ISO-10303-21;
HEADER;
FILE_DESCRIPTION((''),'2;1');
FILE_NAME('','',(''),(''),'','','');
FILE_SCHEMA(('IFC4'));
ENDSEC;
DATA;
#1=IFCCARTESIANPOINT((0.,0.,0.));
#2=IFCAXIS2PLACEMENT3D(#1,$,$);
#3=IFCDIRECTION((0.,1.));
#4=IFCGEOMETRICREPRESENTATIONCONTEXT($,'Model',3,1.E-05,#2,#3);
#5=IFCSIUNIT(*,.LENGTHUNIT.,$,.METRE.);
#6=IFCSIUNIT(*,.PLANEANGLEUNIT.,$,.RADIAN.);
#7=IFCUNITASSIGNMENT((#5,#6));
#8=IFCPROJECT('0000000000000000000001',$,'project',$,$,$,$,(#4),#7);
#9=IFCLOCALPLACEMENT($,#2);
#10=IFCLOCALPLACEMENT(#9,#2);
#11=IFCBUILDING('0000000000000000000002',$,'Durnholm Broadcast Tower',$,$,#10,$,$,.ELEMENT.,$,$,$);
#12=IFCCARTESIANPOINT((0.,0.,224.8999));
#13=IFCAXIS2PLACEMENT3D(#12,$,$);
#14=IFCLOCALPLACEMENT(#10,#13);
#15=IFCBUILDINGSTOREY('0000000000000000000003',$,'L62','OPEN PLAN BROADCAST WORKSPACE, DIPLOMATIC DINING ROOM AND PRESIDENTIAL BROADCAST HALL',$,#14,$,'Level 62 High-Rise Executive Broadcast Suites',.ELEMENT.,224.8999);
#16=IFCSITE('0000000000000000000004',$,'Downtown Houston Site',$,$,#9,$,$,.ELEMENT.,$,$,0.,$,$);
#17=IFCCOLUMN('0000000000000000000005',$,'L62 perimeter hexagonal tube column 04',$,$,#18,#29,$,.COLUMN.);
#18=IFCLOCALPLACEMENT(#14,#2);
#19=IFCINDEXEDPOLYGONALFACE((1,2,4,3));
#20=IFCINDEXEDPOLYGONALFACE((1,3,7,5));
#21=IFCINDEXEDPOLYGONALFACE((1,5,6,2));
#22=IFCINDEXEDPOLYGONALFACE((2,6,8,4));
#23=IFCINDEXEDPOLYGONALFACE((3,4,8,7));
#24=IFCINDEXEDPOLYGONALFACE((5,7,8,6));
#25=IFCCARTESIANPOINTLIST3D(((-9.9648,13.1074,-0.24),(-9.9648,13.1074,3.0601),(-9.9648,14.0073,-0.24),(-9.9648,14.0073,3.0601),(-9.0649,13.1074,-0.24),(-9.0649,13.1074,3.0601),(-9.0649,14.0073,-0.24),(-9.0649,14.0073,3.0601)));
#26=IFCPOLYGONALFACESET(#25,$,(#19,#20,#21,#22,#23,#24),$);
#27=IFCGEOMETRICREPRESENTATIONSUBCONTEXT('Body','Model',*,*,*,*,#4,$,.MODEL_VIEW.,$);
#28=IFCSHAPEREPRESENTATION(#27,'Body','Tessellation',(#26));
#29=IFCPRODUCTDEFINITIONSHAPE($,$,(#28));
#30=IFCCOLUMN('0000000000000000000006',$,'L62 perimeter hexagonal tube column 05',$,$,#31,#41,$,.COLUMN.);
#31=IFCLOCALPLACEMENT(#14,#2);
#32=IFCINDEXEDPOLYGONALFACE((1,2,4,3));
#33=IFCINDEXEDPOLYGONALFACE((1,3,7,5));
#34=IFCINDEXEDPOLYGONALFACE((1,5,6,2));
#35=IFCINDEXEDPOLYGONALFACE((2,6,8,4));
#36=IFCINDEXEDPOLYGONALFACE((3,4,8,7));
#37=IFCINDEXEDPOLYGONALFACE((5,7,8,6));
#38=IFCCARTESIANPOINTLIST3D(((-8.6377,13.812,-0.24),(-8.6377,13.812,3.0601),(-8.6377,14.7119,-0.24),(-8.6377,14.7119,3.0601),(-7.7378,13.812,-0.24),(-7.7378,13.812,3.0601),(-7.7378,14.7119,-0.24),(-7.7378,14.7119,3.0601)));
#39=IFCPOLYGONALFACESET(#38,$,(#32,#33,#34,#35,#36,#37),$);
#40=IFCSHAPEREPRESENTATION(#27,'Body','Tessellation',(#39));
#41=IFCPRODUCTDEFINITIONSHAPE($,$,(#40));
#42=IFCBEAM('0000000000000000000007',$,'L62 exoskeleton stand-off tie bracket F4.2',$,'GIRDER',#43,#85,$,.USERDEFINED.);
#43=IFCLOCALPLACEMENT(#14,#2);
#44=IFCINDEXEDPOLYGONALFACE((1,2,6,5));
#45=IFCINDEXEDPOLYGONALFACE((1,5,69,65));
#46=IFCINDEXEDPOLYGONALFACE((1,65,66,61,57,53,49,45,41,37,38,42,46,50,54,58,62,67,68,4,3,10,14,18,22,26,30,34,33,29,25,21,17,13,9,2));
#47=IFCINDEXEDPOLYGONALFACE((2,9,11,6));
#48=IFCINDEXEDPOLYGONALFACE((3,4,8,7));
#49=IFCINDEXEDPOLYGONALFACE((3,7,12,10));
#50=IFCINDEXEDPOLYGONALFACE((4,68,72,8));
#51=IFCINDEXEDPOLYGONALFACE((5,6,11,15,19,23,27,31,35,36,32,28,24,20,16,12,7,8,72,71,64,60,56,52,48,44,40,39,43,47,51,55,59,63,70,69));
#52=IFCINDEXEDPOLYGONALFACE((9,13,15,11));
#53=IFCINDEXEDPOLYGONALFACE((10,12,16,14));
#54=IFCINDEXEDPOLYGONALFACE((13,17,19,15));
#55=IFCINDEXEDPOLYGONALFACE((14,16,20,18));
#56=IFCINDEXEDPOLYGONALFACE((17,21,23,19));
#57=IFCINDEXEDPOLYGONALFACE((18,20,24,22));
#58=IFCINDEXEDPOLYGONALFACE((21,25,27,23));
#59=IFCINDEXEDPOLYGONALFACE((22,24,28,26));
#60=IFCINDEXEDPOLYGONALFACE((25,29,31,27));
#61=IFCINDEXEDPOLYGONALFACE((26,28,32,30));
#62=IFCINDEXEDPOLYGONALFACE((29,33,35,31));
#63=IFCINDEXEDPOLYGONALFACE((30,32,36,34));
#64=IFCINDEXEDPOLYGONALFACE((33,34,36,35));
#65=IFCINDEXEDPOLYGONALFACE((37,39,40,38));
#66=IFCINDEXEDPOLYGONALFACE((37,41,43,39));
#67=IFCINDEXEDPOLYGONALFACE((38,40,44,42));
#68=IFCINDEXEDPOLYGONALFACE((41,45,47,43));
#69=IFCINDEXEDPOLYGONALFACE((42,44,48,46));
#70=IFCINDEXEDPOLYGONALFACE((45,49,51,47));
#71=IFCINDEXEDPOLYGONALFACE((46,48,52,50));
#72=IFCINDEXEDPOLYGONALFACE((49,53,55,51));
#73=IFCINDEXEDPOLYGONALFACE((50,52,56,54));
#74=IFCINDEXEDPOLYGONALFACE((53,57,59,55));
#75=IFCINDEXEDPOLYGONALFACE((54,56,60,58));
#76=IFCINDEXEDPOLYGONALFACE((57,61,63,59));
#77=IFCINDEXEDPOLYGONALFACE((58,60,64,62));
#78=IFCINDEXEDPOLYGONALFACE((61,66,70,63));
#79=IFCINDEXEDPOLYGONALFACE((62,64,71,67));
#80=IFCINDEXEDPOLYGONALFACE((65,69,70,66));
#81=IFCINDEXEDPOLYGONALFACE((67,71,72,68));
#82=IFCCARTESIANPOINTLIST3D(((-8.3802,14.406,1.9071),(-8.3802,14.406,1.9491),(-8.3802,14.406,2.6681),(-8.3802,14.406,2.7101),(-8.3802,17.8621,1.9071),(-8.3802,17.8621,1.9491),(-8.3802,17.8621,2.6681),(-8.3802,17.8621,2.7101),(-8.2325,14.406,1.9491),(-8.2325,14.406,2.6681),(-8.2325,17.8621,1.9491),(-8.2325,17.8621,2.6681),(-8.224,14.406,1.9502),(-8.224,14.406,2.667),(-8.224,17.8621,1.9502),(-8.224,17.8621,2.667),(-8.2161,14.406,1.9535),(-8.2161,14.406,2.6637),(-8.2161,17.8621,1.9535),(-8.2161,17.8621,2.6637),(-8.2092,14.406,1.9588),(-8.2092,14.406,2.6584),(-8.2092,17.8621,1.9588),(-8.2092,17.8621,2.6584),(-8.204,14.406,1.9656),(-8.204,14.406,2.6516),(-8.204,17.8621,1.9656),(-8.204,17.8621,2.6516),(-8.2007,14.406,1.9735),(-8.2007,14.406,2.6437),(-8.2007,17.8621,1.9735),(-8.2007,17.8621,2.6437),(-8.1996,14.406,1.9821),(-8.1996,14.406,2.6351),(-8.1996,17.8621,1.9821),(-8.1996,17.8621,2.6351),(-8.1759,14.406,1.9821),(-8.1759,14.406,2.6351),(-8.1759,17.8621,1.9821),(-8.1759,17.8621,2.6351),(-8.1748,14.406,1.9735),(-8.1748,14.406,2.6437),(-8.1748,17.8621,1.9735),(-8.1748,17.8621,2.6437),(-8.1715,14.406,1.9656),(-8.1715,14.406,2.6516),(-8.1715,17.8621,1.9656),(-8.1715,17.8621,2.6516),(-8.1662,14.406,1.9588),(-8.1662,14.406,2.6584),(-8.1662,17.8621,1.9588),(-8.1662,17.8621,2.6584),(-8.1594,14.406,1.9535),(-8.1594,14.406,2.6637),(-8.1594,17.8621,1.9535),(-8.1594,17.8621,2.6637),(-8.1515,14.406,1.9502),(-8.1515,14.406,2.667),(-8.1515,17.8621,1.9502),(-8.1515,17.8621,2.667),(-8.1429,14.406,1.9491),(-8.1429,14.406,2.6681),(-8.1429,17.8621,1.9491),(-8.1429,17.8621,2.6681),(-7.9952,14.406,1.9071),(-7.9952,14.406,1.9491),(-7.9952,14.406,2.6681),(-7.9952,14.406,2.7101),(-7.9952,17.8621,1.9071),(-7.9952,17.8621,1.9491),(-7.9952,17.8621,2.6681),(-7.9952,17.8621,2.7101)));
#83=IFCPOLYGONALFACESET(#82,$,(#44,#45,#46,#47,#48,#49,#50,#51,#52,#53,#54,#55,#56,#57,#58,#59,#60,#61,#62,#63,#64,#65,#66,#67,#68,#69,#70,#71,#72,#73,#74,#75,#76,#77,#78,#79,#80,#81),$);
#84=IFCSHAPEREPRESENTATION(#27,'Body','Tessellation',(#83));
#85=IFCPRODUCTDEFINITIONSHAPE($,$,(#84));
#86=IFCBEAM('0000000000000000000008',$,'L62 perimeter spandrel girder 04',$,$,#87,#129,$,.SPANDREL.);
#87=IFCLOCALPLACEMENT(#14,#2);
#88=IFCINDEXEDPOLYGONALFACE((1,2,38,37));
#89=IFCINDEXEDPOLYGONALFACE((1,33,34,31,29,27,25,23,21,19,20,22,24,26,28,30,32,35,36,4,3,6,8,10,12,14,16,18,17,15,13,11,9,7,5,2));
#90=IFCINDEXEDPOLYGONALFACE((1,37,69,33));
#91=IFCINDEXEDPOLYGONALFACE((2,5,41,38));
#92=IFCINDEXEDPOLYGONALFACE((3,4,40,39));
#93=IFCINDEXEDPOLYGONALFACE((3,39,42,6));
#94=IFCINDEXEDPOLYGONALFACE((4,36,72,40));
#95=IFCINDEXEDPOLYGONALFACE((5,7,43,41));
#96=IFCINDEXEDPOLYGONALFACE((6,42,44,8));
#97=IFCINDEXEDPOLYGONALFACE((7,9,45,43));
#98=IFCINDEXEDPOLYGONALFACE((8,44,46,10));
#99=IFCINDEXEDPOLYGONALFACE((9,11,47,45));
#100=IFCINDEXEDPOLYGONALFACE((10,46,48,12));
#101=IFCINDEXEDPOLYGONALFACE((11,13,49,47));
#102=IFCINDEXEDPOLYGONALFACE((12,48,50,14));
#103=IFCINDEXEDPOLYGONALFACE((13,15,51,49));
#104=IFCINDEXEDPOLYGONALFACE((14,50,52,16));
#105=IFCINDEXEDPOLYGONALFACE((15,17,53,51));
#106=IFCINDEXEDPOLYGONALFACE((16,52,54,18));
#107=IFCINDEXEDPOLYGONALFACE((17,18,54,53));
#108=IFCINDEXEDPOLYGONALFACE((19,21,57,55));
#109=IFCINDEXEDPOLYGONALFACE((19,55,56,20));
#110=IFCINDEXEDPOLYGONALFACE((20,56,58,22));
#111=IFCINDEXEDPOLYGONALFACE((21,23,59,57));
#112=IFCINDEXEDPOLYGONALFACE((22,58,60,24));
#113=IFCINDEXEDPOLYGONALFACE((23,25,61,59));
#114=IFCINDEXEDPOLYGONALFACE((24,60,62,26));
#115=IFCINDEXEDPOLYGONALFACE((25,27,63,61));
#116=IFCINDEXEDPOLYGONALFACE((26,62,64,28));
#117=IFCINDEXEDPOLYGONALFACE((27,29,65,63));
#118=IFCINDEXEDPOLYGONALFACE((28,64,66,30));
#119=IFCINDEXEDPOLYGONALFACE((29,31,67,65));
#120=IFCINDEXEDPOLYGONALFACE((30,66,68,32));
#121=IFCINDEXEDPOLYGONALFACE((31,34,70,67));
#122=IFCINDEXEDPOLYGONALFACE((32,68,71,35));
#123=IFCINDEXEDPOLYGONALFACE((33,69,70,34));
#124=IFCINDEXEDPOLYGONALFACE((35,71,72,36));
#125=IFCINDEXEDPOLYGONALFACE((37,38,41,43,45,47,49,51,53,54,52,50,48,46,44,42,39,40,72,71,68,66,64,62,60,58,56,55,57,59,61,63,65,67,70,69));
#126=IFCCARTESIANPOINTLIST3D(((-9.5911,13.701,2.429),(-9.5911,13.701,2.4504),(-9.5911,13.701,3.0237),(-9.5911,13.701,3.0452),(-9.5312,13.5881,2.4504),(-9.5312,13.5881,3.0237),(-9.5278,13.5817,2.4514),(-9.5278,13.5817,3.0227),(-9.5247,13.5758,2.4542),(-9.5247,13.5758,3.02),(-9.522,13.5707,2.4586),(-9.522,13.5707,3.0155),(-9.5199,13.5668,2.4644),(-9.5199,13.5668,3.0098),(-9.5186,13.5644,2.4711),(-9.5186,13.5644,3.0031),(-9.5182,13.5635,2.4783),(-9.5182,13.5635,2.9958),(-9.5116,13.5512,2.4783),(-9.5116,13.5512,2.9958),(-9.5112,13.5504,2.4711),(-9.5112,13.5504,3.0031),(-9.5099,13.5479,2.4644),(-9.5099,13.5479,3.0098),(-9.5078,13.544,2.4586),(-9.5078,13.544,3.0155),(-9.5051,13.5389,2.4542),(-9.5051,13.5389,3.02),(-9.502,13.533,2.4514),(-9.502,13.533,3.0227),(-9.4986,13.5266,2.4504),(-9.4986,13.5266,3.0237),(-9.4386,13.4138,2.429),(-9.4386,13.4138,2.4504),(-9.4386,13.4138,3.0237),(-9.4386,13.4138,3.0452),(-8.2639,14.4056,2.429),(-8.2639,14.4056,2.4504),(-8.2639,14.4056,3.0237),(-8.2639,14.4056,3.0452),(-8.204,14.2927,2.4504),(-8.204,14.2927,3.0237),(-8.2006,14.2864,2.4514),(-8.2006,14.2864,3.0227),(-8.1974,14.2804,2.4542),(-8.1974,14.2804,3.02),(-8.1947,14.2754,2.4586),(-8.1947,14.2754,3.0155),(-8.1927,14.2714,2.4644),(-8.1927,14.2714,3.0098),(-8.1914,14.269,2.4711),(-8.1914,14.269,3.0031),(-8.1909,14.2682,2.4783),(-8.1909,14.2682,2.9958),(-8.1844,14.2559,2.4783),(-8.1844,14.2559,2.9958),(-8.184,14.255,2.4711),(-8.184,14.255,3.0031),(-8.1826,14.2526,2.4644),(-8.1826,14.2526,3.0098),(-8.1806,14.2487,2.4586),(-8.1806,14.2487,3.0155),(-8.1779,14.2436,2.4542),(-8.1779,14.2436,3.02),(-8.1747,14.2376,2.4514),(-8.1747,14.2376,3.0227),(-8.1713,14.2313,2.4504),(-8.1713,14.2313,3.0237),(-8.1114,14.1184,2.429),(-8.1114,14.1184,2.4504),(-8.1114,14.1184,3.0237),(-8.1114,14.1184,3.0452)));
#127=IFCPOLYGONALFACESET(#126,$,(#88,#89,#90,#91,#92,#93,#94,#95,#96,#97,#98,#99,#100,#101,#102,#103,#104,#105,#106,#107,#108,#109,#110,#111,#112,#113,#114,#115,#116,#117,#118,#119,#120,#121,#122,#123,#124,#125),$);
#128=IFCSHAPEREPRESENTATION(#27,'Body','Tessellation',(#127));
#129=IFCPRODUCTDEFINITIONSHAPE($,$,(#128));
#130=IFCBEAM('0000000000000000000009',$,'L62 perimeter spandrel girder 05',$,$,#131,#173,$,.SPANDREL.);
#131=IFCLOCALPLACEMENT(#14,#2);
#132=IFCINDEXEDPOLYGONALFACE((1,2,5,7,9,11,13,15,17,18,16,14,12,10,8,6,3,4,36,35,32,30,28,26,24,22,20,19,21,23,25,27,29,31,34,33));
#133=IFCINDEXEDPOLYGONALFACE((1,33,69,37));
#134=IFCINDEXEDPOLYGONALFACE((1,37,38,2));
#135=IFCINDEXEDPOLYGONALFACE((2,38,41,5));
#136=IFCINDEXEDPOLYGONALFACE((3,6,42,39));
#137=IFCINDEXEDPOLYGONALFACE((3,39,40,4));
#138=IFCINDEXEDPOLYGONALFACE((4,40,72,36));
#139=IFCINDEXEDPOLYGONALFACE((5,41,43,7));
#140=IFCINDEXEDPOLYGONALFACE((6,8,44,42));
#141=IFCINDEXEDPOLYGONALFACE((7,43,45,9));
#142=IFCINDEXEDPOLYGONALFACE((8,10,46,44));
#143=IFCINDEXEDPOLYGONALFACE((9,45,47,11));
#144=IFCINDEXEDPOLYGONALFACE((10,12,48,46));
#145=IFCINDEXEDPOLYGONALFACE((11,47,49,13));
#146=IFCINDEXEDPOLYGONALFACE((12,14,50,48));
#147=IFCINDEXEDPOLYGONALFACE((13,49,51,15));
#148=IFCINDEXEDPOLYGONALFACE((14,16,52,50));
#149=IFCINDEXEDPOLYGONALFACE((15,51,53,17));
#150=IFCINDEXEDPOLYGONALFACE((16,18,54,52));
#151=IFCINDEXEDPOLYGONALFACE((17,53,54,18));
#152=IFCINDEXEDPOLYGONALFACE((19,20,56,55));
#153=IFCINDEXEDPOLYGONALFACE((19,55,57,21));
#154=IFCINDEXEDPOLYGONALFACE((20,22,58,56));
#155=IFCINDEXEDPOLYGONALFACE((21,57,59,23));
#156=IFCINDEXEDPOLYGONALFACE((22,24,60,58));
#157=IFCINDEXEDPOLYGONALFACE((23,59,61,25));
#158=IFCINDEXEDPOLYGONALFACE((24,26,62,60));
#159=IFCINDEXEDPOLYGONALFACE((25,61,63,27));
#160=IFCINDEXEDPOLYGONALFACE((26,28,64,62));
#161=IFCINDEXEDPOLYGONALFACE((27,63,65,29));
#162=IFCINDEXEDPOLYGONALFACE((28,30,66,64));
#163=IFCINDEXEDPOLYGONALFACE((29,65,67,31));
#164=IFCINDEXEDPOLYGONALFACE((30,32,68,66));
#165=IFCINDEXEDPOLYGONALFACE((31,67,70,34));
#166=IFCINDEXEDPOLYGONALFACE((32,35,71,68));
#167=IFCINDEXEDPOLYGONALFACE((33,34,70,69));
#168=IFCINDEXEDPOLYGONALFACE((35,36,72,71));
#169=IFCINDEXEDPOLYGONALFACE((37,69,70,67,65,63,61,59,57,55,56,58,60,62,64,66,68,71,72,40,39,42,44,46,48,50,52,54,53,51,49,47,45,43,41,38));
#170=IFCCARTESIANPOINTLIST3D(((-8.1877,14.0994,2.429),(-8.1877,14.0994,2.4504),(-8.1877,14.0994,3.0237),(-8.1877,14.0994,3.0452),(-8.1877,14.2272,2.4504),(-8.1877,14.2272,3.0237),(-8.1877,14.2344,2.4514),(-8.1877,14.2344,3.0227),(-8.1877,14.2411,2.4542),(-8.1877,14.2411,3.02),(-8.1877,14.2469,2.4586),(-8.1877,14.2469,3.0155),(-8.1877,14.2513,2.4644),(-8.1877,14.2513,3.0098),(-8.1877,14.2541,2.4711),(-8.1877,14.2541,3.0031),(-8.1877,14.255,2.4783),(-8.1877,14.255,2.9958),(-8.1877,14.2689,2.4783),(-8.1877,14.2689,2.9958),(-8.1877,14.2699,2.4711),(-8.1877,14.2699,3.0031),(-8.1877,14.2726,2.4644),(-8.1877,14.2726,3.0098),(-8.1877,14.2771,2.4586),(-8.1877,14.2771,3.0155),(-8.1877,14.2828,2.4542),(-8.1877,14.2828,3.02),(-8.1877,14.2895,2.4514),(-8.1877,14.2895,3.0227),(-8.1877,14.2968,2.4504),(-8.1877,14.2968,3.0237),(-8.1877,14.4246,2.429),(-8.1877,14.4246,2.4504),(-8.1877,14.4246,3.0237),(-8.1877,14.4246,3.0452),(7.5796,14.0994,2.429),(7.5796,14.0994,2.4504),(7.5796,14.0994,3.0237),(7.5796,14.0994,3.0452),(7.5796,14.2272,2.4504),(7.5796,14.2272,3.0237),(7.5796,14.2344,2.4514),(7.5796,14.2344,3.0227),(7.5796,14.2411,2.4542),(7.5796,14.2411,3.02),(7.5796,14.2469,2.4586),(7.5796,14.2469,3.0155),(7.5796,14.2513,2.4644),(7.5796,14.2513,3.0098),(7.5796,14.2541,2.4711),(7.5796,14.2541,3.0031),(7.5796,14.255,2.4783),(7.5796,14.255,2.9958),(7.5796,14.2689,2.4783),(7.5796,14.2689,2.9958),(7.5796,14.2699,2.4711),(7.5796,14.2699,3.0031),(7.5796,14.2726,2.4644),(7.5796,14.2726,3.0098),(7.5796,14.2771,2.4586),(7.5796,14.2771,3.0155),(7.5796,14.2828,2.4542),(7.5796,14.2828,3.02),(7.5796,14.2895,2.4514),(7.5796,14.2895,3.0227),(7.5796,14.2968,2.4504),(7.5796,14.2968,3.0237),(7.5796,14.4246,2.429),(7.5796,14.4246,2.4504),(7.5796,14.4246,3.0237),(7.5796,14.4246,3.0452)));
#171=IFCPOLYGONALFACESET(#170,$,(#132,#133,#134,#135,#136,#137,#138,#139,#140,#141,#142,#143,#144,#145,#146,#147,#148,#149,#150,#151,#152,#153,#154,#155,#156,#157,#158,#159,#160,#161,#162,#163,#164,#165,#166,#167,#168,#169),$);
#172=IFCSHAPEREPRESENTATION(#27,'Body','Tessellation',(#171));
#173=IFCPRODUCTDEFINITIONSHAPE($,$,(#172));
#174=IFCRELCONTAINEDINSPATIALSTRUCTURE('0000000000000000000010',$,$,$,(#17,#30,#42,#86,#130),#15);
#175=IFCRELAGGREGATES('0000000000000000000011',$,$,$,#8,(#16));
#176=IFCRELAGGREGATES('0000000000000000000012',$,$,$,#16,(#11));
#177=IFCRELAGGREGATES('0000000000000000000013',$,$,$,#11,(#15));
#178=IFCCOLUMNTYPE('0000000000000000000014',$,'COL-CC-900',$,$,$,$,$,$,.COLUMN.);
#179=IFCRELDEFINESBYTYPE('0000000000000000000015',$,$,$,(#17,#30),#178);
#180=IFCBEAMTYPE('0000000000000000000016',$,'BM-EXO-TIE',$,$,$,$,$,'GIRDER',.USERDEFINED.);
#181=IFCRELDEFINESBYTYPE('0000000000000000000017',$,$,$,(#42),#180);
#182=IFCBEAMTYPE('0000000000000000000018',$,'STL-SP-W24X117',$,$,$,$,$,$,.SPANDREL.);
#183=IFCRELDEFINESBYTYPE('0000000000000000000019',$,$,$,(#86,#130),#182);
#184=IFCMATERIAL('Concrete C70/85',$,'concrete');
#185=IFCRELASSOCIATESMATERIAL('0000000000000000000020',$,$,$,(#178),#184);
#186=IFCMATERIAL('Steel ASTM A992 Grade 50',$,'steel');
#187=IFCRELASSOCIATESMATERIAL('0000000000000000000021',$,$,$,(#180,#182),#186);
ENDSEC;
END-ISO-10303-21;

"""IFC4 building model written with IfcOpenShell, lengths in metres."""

from ifc_helpers import new_model, si_unit, direction, frame, origin, origin_2d, place, context, subcontext, project, spatial, rectangle, i_section, extrude, source, transform, mapped, material, material_profile, profile_set, type_object, type_shapes, element, save


model = new_model("IFC4")

# Units and contexts
model_context = context("Model", 3, precision=1e-05, world=origin(), true_north=direction((0.0, 1.0)))
body_context = subcontext(model_context, "Body", "Model", "MODEL_VIEW")
ifc_project = project(units=[si_unit("LENGTHUNIT", "METRE"), si_unit("PLANEANGLEUNIT", "RADIAN")], contexts=[model_context])

# Site, building, storey
site_placement = place(None, origin())
site = spatial("IfcSite", under=ifc_project, at=site_placement, Name="Downtown Houston Site", CompositionType="ELEMENT", RefElevation=0.0)
building_placement = place(site_placement, origin())
building = spatial("IfcBuilding", under=site, at=building_placement, Name="Durnholm Broadcast Tower", CompositionType="ELEMENT")
storey_placement = place(building_placement, frame((0.0, 0.0, 224.8999)))
storey = spatial("IfcBuildingStorey", under=building, at=storey_placement, Name="L62", Description="OPEN PLAN BROADCAST WORKSPACE, DIPLOMATIC DINING ROOM AND PRESIDENTIAL BROADCAST HALL", LongName="Level 62 High-Rise Executive Broadcast Suites", CompositionType="ELEMENT", Elevation=224.8999)

# Columns
ifc_material_1 = material(Name="Concrete C70/85", Category="concrete")
ifc_material_profile_1 = material_profile(ifc_material_1, rectangle(XDim=0.8999, YDim=0.8999, at=origin_2d()), Name="RC900X900")
ifc_profile_set_1 = profile_set([ifc_material_profile_1], Name="Concrete C70/85")
column_type = type_object("IfcColumnType", Name="COL-CC-900", PredefinedType="COLUMN", material=ifc_profile_set_1)
shared_shape_1 = source(origin(), body_context, "Body", "SweptSolid", [
    extrude(rectangle(XDim=0.8999, YDim=0.8999, at=origin_2d()), origin(), (0.0, 0.0, 1.0), 3.3),
])
type_shapes(column_type, [shared_shape_1])
for number, where, z_axis, x_axis, name in (
    (1, (-9.5149, 13.5574, -0.24), (0.0, 0.0, 1.0), (1.0, 0.0, 0.0), "L62 perimeter hexagonal tube column 04"),
    (2, (-8.1877, 14.262, -0.24), (0.0, 0.0, 1.0), (1.0, 0.0, 0.0), "L62 perimeter hexagonal tube column 05"),
):
    element("IfcColumn", number, at=place(storey_placement, frame(where, z_axis=z_axis, x_axis=x_axis)), inside=storey, type_object=column_type, Name=name, PredefinedType="COLUMN", context=body_context, shape_type="MappedRepresentation", body=[
        mapped(shared_shape_1, transform((0.0, 0.0, 0.0), x_axis=(1.0, 0.0, 0.0), y_axis=(0.0, 1.0, 0.0), z_axis=(0.0, 0.0, 1.0), scale=1.0)),
    ])

# Beams
ifc_material_2 = material(Name="Steel ASTM A992 Grade 50", Category="steel")
ifc_material_profile_2 = material_profile(ifc_material_2, i_section(OverallWidth=0.385, OverallDepth=0.803, WebThickness=0.0237, FlangeThickness=0.042, FilletRadius=0.033, at=origin_2d()), Name="W30X261")
ifc_profile_set_2 = profile_set([ifc_material_profile_2], Name="Steel ASTM A992 Grade 50")
beam_type_1 = type_object("IfcBeamType", Name="BM-EXO-TIE", ElementType="GIRDER", PredefinedType="USERDEFINED", material=ifc_profile_set_2)
shared_shape_2 = source(origin(), body_context, "Body", "SweptSolid", [
    extrude(i_section(OverallWidth=0.385, OverallDepth=0.803, WebThickness=0.0237, FlangeThickness=0.042, FilletRadius=0.033, at=origin_2d()), origin(), (0.0, 0.0, 1.0), 3.4561),
])
type_shapes(beam_type_1, [shared_shape_2])
beam_1_placement = place(storey_placement, frame((-8.1877, 14.406, 2.3086), z_axis=(0.0, 1.0, 0.0), x_axis=(-1.0, 0.0, 0.0)))
element("IfcBeam", 3, at=beam_1_placement, inside=storey, type_object=beam_type_1, Name="L62 exoskeleton stand-off tie bracket F4.2", ObjectType="GIRDER", PredefinedType="USERDEFINED", context=body_context, shape_type="MappedRepresentation", body=[
    mapped(shared_shape_2, transform((0.0, 0.0, 0.0), x_axis=(1.0, 0.0, 0.0), y_axis=(0.0, 1.0, 0.0), z_axis=(0.0, 0.0, 1.0), scale=1.0)),
])
ifc_material_profile_3 = material_profile(ifc_material_2, i_section(OverallWidth=0.3252, OverallDepth=0.6162, WebThickness=0.0139, FlangeThickness=0.0215, FilletRadius=0.0278, at=origin_2d()), Name="W24X117")
ifc_profile_set_3 = profile_set([ifc_material_profile_3], Name="Steel ASTM A992 Grade 50")
beam_type_2 = type_object("IfcBeamType", Name="STL-SP-W24X117", PredefinedType="SPANDREL", material=ifc_profile_set_3)
shared_shape_3 = source(origin(), body_context, "Body", "SweptSolid", [
    extrude(i_section(OverallWidth=0.3252, OverallDepth=0.6162, WebThickness=0.0139, FlangeThickness=0.0215, FilletRadius=0.0278, at=origin_2d()), origin(), (0.0, 0.0, 1.0), 1.5027),
])
beam_2_placement = place(storey_placement, frame((-9.5149, 13.5574, 2.7371), z_axis=(0.883242, 0.468918, 0.0), x_axis=(-0.468918, 0.883242, 0.0)))
element("IfcBeam", 4, at=beam_2_placement, inside=storey, type_object=beam_type_2, Name="L62 perimeter spandrel girder 04", PredefinedType="SPANDREL", context=body_context, shape_type="MappedRepresentation", body=[
    mapped(shared_shape_3, transform((0.0, 0.0, 0.0), x_axis=(1.0, 0.0, 0.0), y_axis=(0.0, 1.0, 0.0), z_axis=(0.0, 0.0, 1.0), scale=1.0)),
])
shared_shape_4 = source(origin(), body_context, "Body", "SweptSolid", [
    extrude(i_section(OverallWidth=0.3252, OverallDepth=0.6162, WebThickness=0.0139, FlangeThickness=0.0215, FilletRadius=0.0278, at=origin_2d()), origin(), (0.0, 0.0, 1.0), 15.7673),
])
type_shapes(beam_type_2, [shared_shape_3, shared_shape_4])
beam_3_placement = place(storey_placement, frame((-8.1877, 14.262, 2.7371), z_axis=(1.0, 0.0, 0.0), x_axis=(0.0, 1.0, 0.0)))
element("IfcBeam", 5, at=beam_3_placement, inside=storey, type_object=beam_type_2, Name="L62 perimeter spandrel girder 05", PredefinedType="SPANDREL", context=body_context, shape_type="MappedRepresentation", body=[
    mapped(shared_shape_4, transform((0.0, 0.0, 0.0), x_axis=(1.0, 0.0, 0.0), y_axis=(0.0, 1.0, 0.0), z_axis=(0.0, 0.0, 1.0), scale=1.0)),
])

save(model, "model.ifc")
